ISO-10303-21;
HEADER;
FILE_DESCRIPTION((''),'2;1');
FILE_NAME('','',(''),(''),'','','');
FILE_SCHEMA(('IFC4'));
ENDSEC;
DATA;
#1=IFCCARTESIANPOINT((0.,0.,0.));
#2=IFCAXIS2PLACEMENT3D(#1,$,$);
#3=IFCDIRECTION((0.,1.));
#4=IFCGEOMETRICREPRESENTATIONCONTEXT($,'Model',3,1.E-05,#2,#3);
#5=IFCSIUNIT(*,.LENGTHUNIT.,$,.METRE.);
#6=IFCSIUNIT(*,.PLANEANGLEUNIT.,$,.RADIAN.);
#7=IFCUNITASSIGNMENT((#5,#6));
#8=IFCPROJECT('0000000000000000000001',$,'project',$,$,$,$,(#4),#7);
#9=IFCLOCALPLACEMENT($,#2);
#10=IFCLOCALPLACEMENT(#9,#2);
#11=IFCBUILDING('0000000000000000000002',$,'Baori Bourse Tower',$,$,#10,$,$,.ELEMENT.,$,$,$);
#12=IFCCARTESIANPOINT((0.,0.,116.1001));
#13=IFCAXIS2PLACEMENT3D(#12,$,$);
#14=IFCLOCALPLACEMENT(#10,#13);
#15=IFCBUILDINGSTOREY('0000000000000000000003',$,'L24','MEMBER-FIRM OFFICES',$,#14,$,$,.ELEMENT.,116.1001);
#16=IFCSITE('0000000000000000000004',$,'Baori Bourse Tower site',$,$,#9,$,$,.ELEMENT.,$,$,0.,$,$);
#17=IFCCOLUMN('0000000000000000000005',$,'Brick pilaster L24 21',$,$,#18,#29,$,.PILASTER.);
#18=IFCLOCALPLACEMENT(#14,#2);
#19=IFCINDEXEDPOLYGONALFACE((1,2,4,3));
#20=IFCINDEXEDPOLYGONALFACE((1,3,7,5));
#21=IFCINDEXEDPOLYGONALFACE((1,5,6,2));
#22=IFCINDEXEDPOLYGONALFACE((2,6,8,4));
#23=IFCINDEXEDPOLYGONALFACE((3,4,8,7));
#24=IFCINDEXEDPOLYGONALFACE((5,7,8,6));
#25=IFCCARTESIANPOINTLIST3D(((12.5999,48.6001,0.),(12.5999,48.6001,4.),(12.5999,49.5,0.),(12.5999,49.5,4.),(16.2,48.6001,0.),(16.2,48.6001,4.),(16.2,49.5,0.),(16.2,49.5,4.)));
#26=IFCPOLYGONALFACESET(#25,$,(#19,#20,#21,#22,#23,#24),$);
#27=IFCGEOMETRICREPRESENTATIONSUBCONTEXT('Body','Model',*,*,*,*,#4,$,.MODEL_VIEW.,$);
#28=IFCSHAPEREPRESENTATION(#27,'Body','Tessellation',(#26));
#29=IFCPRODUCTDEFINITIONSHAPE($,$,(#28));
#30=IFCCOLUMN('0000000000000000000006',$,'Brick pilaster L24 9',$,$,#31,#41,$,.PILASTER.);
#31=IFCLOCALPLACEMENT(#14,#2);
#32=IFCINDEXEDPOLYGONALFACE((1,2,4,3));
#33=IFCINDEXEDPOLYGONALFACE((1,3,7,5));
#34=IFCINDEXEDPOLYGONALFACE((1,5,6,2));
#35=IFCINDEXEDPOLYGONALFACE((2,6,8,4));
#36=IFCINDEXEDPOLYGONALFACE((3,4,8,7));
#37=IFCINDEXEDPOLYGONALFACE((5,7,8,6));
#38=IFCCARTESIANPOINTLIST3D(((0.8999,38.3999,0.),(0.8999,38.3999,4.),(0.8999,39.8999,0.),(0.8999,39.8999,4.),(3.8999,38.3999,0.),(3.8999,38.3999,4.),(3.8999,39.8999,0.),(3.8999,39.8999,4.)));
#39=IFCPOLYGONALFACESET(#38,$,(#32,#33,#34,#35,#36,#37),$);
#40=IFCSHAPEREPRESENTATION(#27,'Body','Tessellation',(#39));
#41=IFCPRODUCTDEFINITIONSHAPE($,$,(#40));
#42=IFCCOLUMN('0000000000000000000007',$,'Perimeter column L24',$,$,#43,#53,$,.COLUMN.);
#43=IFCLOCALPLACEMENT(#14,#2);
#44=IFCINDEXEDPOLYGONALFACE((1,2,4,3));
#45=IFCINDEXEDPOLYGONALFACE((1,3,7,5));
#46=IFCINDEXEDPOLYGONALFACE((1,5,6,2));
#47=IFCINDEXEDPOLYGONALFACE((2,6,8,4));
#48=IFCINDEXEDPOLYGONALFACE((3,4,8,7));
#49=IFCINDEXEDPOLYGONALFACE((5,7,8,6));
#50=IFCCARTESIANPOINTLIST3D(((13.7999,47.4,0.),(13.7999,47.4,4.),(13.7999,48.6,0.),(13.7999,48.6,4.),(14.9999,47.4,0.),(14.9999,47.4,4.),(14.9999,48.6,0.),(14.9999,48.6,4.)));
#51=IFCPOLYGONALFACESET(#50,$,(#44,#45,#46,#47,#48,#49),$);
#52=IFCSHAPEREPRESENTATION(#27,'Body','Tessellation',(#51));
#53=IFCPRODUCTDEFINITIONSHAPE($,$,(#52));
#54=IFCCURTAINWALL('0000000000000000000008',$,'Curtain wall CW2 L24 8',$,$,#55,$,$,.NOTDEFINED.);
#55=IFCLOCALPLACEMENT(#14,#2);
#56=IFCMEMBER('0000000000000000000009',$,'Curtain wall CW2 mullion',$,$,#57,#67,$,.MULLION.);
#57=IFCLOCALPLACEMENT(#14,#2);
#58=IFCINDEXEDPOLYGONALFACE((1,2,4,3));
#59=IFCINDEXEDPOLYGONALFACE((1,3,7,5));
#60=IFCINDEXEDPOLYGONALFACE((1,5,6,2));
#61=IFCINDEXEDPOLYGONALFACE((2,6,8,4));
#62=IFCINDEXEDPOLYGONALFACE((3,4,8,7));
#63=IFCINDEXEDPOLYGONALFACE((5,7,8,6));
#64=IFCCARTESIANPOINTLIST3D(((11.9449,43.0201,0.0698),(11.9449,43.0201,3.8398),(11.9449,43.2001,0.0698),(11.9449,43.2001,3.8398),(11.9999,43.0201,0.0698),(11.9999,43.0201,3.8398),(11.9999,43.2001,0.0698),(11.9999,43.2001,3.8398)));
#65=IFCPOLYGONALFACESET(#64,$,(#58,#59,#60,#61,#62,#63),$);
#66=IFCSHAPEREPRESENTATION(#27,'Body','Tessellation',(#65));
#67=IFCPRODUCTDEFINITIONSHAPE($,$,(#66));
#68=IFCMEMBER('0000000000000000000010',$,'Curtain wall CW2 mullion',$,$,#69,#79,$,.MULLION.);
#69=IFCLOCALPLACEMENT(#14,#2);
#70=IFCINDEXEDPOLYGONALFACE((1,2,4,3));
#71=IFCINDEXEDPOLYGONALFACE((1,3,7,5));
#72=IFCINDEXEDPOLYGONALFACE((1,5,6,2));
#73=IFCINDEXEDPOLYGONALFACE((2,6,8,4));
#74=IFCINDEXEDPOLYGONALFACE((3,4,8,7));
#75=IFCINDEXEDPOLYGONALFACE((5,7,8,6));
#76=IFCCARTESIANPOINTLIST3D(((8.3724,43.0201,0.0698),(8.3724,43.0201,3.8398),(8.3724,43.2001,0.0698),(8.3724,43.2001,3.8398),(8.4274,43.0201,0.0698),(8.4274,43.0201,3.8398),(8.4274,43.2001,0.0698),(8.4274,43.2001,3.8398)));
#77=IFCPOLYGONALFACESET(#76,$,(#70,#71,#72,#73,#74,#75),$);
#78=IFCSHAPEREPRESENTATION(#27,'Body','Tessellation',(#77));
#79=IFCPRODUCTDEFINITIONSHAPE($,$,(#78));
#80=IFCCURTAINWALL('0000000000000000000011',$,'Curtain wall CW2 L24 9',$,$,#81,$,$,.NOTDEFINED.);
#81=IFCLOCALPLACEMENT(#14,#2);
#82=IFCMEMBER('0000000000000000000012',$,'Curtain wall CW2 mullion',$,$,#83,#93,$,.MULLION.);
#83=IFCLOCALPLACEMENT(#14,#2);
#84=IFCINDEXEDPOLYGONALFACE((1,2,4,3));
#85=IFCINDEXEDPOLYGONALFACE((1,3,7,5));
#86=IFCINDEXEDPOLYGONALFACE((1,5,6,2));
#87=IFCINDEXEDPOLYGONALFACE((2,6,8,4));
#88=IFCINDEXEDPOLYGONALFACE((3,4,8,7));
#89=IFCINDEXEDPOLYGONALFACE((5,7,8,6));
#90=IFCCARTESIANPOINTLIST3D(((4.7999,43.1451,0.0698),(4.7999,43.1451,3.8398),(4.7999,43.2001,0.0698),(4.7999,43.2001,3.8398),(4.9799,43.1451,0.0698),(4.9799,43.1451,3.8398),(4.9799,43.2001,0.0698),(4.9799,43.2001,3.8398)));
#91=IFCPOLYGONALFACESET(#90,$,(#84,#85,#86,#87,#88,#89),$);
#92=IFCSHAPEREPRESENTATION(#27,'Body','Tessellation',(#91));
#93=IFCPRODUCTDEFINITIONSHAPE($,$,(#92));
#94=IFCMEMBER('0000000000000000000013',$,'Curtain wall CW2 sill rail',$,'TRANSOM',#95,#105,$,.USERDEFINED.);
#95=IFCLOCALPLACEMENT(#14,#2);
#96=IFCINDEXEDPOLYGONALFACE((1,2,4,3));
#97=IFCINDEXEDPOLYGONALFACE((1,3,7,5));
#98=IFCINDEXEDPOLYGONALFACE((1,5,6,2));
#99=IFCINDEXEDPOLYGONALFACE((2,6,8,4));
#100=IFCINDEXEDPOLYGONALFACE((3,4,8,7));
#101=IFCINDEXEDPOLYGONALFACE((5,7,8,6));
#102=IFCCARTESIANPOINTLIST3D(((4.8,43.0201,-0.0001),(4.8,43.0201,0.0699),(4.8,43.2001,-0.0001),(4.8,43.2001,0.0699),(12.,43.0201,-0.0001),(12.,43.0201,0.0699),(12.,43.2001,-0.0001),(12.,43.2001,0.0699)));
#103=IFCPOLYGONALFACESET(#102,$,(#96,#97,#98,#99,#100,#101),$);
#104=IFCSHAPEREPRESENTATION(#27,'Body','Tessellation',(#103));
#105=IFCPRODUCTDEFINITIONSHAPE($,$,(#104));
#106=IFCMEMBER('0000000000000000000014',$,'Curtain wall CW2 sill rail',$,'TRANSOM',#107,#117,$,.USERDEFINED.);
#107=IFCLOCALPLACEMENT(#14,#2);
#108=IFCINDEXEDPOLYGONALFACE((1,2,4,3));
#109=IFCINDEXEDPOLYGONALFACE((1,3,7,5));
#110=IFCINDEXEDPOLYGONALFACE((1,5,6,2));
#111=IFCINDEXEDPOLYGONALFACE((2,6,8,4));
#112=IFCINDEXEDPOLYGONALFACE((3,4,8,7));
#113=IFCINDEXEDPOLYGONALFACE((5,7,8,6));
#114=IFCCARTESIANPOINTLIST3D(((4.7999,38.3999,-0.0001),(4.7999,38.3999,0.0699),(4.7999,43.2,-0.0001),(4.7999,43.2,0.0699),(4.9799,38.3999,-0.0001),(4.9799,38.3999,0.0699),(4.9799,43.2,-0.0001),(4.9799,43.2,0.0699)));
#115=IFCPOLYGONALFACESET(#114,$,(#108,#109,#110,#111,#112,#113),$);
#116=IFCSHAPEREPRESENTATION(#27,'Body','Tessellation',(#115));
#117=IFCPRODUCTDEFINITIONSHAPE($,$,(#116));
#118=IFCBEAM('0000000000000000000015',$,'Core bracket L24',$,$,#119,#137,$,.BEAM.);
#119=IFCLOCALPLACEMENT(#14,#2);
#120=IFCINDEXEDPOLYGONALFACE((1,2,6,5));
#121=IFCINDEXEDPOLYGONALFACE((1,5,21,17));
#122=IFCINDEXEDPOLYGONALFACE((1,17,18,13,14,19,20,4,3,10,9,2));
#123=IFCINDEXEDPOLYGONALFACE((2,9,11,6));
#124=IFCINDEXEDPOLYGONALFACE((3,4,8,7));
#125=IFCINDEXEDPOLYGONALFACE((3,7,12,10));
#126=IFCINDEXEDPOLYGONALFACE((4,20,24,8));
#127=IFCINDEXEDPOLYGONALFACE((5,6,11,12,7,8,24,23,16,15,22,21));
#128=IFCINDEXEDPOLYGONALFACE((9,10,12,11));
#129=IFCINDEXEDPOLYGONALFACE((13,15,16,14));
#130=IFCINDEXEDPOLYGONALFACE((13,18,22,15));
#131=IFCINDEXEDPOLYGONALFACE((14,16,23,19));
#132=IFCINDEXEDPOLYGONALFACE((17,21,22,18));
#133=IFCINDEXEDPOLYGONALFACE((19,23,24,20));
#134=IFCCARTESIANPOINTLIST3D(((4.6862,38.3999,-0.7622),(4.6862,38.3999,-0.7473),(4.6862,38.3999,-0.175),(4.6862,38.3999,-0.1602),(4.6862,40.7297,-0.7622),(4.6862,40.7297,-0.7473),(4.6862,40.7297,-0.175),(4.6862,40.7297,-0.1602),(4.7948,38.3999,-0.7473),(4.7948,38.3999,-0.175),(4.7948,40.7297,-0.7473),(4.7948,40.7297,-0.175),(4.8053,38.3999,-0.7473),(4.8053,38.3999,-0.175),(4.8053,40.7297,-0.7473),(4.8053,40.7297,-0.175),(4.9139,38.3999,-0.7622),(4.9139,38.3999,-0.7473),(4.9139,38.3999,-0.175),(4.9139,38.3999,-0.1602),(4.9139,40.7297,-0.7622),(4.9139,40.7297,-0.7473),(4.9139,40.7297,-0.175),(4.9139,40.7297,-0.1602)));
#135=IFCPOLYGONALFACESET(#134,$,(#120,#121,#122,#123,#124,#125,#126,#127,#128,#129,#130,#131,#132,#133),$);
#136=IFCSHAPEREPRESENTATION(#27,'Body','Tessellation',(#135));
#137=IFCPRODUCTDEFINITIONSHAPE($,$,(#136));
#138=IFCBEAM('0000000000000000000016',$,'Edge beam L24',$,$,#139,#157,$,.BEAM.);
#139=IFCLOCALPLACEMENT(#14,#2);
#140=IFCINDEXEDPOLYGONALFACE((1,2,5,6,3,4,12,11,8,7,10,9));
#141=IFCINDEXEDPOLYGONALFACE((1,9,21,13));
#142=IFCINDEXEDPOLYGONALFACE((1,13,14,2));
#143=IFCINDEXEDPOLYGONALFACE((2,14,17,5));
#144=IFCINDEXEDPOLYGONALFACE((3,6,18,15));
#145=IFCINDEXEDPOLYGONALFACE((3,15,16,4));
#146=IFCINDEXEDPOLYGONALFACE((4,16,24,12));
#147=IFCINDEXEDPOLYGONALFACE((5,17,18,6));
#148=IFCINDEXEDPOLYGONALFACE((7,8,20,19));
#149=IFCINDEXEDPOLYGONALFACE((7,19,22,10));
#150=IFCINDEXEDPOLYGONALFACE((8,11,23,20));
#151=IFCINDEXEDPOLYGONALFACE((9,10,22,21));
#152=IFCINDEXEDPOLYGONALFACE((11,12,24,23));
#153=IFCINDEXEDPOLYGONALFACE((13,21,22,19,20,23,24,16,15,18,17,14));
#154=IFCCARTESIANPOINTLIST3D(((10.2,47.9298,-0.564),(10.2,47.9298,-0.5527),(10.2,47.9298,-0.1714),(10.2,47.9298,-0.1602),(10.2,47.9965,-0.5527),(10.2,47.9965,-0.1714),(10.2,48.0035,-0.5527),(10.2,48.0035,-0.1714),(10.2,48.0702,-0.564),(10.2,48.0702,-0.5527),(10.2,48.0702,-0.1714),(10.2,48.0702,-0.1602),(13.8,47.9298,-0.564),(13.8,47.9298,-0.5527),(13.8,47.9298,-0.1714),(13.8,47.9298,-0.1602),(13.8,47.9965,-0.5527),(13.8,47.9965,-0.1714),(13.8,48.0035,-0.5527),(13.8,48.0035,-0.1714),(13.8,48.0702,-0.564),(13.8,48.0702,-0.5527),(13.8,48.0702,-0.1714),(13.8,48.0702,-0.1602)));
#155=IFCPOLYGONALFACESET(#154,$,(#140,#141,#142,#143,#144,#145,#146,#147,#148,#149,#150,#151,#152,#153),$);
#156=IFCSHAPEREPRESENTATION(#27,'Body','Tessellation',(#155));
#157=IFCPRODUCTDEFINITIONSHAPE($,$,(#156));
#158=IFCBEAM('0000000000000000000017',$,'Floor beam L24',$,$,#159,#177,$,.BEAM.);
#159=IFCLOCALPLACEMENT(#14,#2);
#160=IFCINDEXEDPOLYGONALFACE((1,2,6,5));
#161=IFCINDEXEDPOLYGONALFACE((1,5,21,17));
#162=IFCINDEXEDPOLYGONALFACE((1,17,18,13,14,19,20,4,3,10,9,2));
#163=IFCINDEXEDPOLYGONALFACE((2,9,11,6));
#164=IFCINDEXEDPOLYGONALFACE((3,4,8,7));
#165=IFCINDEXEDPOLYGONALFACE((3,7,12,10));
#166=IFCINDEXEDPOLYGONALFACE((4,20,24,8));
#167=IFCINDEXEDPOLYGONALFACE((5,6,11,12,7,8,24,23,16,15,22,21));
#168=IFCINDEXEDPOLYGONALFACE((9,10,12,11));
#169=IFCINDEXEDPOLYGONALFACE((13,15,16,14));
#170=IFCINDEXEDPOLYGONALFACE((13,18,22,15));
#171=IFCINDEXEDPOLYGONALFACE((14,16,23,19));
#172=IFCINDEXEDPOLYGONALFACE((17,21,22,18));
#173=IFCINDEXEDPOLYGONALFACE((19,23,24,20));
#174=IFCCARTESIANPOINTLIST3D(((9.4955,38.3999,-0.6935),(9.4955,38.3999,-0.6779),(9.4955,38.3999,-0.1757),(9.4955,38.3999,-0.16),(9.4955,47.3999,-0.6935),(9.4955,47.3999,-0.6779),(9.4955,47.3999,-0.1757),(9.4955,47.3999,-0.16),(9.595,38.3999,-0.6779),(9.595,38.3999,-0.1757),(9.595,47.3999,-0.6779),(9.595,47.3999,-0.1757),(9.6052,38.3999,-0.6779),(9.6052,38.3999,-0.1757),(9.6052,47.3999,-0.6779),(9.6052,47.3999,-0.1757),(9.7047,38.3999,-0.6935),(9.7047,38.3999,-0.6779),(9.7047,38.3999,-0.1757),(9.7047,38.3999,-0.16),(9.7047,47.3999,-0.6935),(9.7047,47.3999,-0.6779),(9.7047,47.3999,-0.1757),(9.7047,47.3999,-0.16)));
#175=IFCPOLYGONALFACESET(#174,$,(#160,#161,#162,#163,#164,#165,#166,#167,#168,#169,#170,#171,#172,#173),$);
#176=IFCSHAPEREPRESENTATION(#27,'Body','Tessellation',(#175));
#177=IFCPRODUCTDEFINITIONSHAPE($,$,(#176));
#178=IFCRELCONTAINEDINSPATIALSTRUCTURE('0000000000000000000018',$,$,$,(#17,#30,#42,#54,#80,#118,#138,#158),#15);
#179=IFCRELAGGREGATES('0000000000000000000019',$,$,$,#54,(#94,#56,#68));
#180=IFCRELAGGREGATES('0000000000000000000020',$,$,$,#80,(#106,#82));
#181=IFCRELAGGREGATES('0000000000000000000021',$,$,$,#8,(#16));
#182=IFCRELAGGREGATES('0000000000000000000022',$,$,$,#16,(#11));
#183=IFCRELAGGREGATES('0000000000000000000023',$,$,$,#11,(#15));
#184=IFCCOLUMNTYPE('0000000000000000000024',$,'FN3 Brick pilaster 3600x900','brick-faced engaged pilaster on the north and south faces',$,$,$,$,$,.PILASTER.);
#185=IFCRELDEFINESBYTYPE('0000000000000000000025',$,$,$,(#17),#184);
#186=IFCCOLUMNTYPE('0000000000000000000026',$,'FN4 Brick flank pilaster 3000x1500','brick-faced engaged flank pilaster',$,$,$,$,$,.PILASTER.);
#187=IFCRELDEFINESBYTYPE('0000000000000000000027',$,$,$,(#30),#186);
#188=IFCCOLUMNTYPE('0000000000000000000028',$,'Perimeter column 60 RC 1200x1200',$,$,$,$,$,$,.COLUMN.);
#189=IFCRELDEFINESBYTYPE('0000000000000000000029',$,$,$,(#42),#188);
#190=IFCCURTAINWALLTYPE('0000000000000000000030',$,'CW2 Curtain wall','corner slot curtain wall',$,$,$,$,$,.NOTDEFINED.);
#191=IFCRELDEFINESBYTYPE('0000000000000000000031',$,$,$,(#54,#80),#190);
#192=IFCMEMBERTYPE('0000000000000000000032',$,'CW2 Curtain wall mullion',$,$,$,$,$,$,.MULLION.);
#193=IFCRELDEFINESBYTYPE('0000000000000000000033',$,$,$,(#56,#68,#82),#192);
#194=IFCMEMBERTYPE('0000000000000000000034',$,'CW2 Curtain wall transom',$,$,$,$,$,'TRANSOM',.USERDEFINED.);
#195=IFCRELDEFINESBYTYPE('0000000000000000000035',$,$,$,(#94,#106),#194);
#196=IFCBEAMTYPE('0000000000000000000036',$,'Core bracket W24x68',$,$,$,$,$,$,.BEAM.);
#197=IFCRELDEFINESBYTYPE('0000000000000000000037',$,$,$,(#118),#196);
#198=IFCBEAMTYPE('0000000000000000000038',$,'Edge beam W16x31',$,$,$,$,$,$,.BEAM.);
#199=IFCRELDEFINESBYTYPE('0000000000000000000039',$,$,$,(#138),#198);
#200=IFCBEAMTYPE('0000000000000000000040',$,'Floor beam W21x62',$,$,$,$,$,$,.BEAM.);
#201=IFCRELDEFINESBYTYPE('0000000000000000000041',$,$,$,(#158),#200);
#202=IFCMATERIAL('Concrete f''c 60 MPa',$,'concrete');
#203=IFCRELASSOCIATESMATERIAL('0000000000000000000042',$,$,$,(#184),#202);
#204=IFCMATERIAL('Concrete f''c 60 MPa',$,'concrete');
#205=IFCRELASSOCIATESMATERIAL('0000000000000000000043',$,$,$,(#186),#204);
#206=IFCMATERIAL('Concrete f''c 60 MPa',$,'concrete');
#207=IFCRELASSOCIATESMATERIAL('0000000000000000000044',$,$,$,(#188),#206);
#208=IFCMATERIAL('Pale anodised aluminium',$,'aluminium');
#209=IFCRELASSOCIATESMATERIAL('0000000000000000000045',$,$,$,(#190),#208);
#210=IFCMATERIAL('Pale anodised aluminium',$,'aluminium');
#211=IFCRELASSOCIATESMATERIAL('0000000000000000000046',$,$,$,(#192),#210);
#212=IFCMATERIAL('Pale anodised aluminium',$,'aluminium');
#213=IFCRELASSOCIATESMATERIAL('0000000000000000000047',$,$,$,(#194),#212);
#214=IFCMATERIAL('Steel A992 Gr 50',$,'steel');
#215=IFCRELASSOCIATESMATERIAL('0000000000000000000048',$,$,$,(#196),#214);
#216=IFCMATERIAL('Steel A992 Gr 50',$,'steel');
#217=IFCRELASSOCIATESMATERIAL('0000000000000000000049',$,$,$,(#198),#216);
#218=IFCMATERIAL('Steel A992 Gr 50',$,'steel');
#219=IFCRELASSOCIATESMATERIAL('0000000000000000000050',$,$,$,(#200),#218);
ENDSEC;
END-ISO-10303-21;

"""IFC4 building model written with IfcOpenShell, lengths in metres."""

from ifc_helpers import new_model, si_unit, direction, frame, origin, origin_2d, place, context, subcontext, project, spatial, rectangle, i_section, extrude, material, material_profile, profile_set, type_object, element, aggregate, save


model = new_model("IFC4")

# Units and contexts
model_context = context("Model", 3, precision=1e-05, world=origin(), true_north=direction((0.0, 1.0)))
body_context = subcontext(model_context, "Body", "Model", "MODEL_VIEW")
ifc_project = project(units=[si_unit("LENGTHUNIT", "METRE"), si_unit("PLANEANGLEUNIT", "RADIAN")], contexts=[model_context])

# Site, building, storey
site_placement = place(None, origin())
site = spatial("IfcSite", under=ifc_project, at=site_placement, Name="Baori Bourse Tower site", CompositionType="ELEMENT", RefElevation=0.0)
building_placement = place(site_placement, origin())
building = spatial("IfcBuilding", under=site, at=building_placement, Name="Baori Bourse Tower", CompositionType="ELEMENT")
storey_placement = place(building_placement, frame((0.0, 0.0, 116.1001)))
storey = spatial("IfcBuildingStorey", under=building, at=storey_placement, Name="L24", Description="MEMBER-FIRM OFFICES", CompositionType="ELEMENT", Elevation=116.1001)

# Columns
ifc_material_1 = material(Name="Concrete f'c 60 MPa", Category="concrete")
ifc_material_profile_1 = material_profile(ifc_material_1, rectangle(XDim=3.6001, YDim=0.8999, at=origin_2d()), Name="RC 3600x900")
ifc_profile_set_1 = profile_set([ifc_material_profile_1], Name="Concrete f'c 60 MPa")
column_type_1 = type_object("IfcColumnType", Name="FN3 Brick pilaster 3600x900", Description="brick-faced engaged pilaster on the north and south faces", PredefinedType="PILASTER", material=ifc_profile_set_1)
column_1_placement = place(storey_placement, frame((14.3999, 49.05, 0.0), z_axis=(0.0, 0.0, 1.0), x_axis=(1.0, 0.0, 0.0)))
element("IfcColumn", 1, at=column_1_placement, inside=storey, type_object=column_type_1, Name="Brick pilaster L24 21", PredefinedType="PILASTER", context=body_context, shape_type="SweptSolid", body=[
    extrude(rectangle(XDim=3.6001, YDim=0.8999, at=origin_2d()), origin(), (0.0, 0.0, 1.0), 4.0),
])
ifc_material_2 = material(Name="Concrete f'c 60 MPa", Category="concrete")
ifc_material_profile_2 = material_profile(ifc_material_2, rectangle(XDim=3.0, YDim=1.5, at=origin_2d()), Name="RC 3000x1500")
ifc_profile_set_2 = profile_set([ifc_material_profile_2], Name="Concrete f'c 60 MPa")
column_type_2 = type_object("IfcColumnType", Name="FN4 Brick flank pilaster 3000x1500", Description="brick-faced engaged flank pilaster", PredefinedType="PILASTER", material=ifc_profile_set_2)
column_2_placement = place(storey_placement, frame((2.3999, 39.1499, 0.0), z_axis=(0.0, 0.0, 1.0), x_axis=(1.0, 0.0, 0.0)))
element("IfcColumn", 2, at=column_2_placement, inside=storey, type_object=column_type_2, Name="Brick pilaster L24 9", PredefinedType="PILASTER", context=body_context, shape_type="SweptSolid", body=[
    extrude(rectangle(XDim=3.0, YDim=1.5, at=origin_2d()), origin(), (0.0, 0.0, 1.0), 4.0),
])
ifc_material_3 = material(Name="Concrete f'c 60 MPa", Category="concrete")
ifc_material_profile_3 = material_profile(ifc_material_3, rectangle(XDim=1.2, YDim=1.2, at=origin_2d()), Name="RC 1200x1200")
ifc_profile_set_3 = profile_set([ifc_material_profile_3], Name="Concrete f'c 60 MPa")
column_type_3 = type_object("IfcColumnType", Name="Perimeter column 60 RC 1200x1200", PredefinedType="COLUMN", material=ifc_profile_set_3)
column_3_placement = place(storey_placement, frame((14.3999, 48.0, 0.0), z_axis=(0.0, 0.0, 1.0), x_axis=(1.0, 0.0, 0.0)))
element("IfcColumn", 3, at=column_3_placement, inside=storey, type_object=column_type_3, Name="Perimeter column L24", PredefinedType="COLUMN", context=body_context, shape_type="SweptSolid", body=[
    extrude(rectangle(XDim=1.2, YDim=1.2, at=origin_2d()), origin(), (0.0, 0.0, 1.0), 4.0),
])

# Curtain wall, members
ifc_material_4 = material(Name="Pale anodised aluminium", Category="aluminium")
curtain_wall_type = type_object("IfcCurtainWallType", Name="CW2 Curtain wall", Description="corner slot curtain wall", PredefinedType="NOTDEFINED", material=ifc_material_4)
curtain_wall_1_placement = place(storey_placement, origin())
curtain_wall_1 = element("IfcCurtainWall", 4, at=curtain_wall_1_placement, inside=storey, type_object=curtain_wall_type, Name="Curtain wall CW2 L24 8", PredefinedType="NOTDEFINED")
ifc_material_5 = material(Name="Pale anodised aluminium", Category="aluminium")
ifc_material_profile_4 = material_profile(ifc_material_5, rectangle(XDim=0.1799, YDim=0.0549, at=origin_2d()), Name="Mullion 55x180")
ifc_profile_set_4 = profile_set([ifc_material_profile_4], Name="Pale anodised aluminium")
member_type_1 = type_object("IfcMemberType", Name="CW2 Curtain wall mullion", PredefinedType="MULLION", material=ifc_profile_set_4)
member_1_placement = place(storey_placement, frame((11.9724, 43.1101, 0.0698), z_axis=(0.0, 0.0, 1.0), x_axis=(0.0, -1.0, 0.0)))
member_1 = element("IfcMember", 5, at=member_1_placement, type_object=member_type_1, Name="Curtain wall CW2 mullion", PredefinedType="MULLION", context=body_context, shape_type="SweptSolid", body=[
    extrude(rectangle(XDim=0.1799, YDim=0.0549, at=origin_2d()), origin(), (0.0, 0.0, 1.0), 3.77),
])
member_2_placement = place(storey_placement, frame((8.3999, 43.1101, 0.0698), z_axis=(0.0, 0.0, 1.0), x_axis=(0.0, -1.0, 0.0)))
member_2 = element("IfcMember", 6, at=member_2_placement, type_object=member_type_1, Name="Curtain wall CW2 mullion", PredefinedType="MULLION", context=body_context, shape_type="SweptSolid", body=[
    extrude(rectangle(XDim=0.1799, YDim=0.0549, at=origin_2d()), origin(), (0.0, 0.0, 1.0), 3.77),
])

# Curtain wall, member
curtain_wall_2_placement = place(storey_placement, origin())
curtain_wall_2 = element("IfcCurtainWall", 7, at=curtain_wall_2_placement, inside=storey, type_object=curtain_wall_type, Name="Curtain wall CW2 L24 9", PredefinedType="NOTDEFINED")
member_3_placement = place(storey_placement, frame((4.8899, 43.1726, 0.0698), z_axis=(0.0, 0.0, 1.0), x_axis=(1.0, 0.0, 0.0)))
member_3 = element("IfcMember", 8, at=member_3_placement, type_object=member_type_1, Name="Curtain wall CW2 mullion", PredefinedType="MULLION", context=body_context, shape_type="SweptSolid", body=[
    extrude(rectangle(XDim=0.1799, YDim=0.0549, at=origin_2d()), origin(), (0.0, 0.0, 1.0), 3.77),
])

# Members
ifc_material_6 = material(Name="Pale anodised aluminium", Category="aluminium")
ifc_material_profile_5 = material_profile(ifc_material_6, rectangle(XDim=0.1799, YDim=0.0701, at=origin_2d()), Name="Transom 70x180")
ifc_profile_set_5 = profile_set([ifc_material_profile_5], Name="Pale anodised aluminium")
member_type_2 = type_object("IfcMemberType", Name="CW2 Curtain wall transom", ElementType="TRANSOM", PredefinedType="USERDEFINED", material=ifc_profile_set_5)
member_4_placement = place(storey_placement, frame((12.0, 43.1101, 0.0349), z_axis=(-1.0, 0.0, 0.0), x_axis=(0.0, -1.0, 0.0)))
member_4 = element("IfcMember", 9, at=member_4_placement, type_object=member_type_2, Name="Curtain wall CW2 sill rail", ObjectType="TRANSOM", PredefinedType="USERDEFINED", context=body_context, shape_type="SweptSolid", body=[
    extrude(rectangle(XDim=0.1799, YDim=0.0701, at=origin_2d()), origin(), (0.0, 0.0, 1.0), 7.2),
])
member_5_placement = place(storey_placement, frame((4.8899, 43.2, 0.0349), z_axis=(0.0, -1.0, 0.0), x_axis=(1.0, 0.0, 0.0)))
member_5 = element("IfcMember", 10, at=member_5_placement, type_object=member_type_2, Name="Curtain wall CW2 sill rail", ObjectType="TRANSOM", PredefinedType="USERDEFINED", context=body_context, shape_type="SweptSolid", body=[
    extrude(rectangle(XDim=0.1799, YDim=0.0701, at=origin_2d()), origin(), (0.0, 0.0, 1.0), 4.8),
])

# Beams
ifc_material_7 = material(Name="Steel A992 Gr 50", Category="steel")
ifc_material_profile_6 = material_profile(ifc_material_7, i_section(OverallWidth=0.2278, OverallDepth=0.6021, WebThickness=0.0105, FlangeThickness=0.0149, at=origin_2d()), Name="W24x68")
ifc_profile_set_6 = profile_set([ifc_material_profile_6], Name="Steel A992 Gr 50")
beam_type_1 = type_object("IfcBeamType", Name="Core bracket W24x68", PredefinedType="BEAM", material=ifc_profile_set_6)
beam_1_placement = place(storey_placement, frame((4.8, 38.3999, -0.4612), z_axis=(0.0, 1.0, 0.0), x_axis=(-1.0, 0.0, 0.0)))
element("IfcBeam", 11, at=beam_1_placement, inside=storey, type_object=beam_type_1, Name="Core bracket L24", PredefinedType="BEAM", context=body_context, shape_type="SweptSolid", body=[
    extrude(i_section(OverallWidth=0.2278, OverallDepth=0.6021, WebThickness=0.0105, FlangeThickness=0.0149, at=origin_2d()), origin(), (0.0, 0.0, 1.0), 2.3298),
])
ifc_material_8 = material(Name="Steel A992 Gr 50", Category="steel")
ifc_material_profile_7 = material_profile(ifc_material_8, i_section(OverallWidth=0.1404, OverallDepth=0.4038, WebThickness=0.0071, FlangeThickness=0.0112, at=origin_2d()), Name="W16x31")
ifc_profile_set_7 = profile_set([ifc_material_profile_7], Name="Steel A992 Gr 50")
beam_type_2 = type_object("IfcBeamType", Name="Edge beam W16x31", PredefinedType="BEAM", material=ifc_profile_set_7)
beam_2_placement = place(storey_placement, frame((10.2, 48.0, -0.3621), z_axis=(1.0, 0.0, 0.0), x_axis=(0.0, 1.0, 0.0)))
element("IfcBeam", 12, at=beam_2_placement, inside=storey, type_object=beam_type_2, Name="Edge beam L24", PredefinedType="BEAM", context=body_context, shape_type="SweptSolid", body=[
    extrude(i_section(OverallWidth=0.1404, OverallDepth=0.4038, WebThickness=0.0071, FlangeThickness=0.0112, at=origin_2d()), origin(), (0.0, 0.0, 1.0), 3.6001),
])
ifc_material_9 = material(Name="Steel A992 Gr 50", Category="steel")
ifc_material_profile_8 = material_profile(ifc_material_9, i_section(OverallWidth=0.2092, OverallDepth=0.5334, WebThickness=0.0103, FlangeThickness=0.0156, at=origin_2d()), Name="W21x62")
ifc_profile_set_8 = profile_set([ifc_material_profile_8], Name="Steel A992 Gr 50")
beam_type_3 = type_object("IfcBeamType", Name="Floor beam W21x62", PredefinedType="BEAM", material=ifc_profile_set_8)
beam_3_placement = place(storey_placement, frame((9.6001, 38.3999, -0.4268), z_axis=(0.0, 1.0, 0.0), x_axis=(-1.0, 0.0, 0.0)))
element("IfcBeam", 13, at=beam_3_placement, inside=storey, type_object=beam_type_3, Name="Floor beam L24", PredefinedType="BEAM", context=body_context, shape_type="SweptSolid", body=[
    extrude(i_section(OverallWidth=0.2092, OverallDepth=0.5334, WebThickness=0.0103, FlangeThickness=0.0156, at=origin_2d()), origin(), (0.0, 0.0, 1.0), 9.0),
])

aggregate(curtain_wall_1, [member_4, member_1, member_2])
aggregate(curtain_wall_2, [member_5, member_3])

save(model, "model.ifc")
